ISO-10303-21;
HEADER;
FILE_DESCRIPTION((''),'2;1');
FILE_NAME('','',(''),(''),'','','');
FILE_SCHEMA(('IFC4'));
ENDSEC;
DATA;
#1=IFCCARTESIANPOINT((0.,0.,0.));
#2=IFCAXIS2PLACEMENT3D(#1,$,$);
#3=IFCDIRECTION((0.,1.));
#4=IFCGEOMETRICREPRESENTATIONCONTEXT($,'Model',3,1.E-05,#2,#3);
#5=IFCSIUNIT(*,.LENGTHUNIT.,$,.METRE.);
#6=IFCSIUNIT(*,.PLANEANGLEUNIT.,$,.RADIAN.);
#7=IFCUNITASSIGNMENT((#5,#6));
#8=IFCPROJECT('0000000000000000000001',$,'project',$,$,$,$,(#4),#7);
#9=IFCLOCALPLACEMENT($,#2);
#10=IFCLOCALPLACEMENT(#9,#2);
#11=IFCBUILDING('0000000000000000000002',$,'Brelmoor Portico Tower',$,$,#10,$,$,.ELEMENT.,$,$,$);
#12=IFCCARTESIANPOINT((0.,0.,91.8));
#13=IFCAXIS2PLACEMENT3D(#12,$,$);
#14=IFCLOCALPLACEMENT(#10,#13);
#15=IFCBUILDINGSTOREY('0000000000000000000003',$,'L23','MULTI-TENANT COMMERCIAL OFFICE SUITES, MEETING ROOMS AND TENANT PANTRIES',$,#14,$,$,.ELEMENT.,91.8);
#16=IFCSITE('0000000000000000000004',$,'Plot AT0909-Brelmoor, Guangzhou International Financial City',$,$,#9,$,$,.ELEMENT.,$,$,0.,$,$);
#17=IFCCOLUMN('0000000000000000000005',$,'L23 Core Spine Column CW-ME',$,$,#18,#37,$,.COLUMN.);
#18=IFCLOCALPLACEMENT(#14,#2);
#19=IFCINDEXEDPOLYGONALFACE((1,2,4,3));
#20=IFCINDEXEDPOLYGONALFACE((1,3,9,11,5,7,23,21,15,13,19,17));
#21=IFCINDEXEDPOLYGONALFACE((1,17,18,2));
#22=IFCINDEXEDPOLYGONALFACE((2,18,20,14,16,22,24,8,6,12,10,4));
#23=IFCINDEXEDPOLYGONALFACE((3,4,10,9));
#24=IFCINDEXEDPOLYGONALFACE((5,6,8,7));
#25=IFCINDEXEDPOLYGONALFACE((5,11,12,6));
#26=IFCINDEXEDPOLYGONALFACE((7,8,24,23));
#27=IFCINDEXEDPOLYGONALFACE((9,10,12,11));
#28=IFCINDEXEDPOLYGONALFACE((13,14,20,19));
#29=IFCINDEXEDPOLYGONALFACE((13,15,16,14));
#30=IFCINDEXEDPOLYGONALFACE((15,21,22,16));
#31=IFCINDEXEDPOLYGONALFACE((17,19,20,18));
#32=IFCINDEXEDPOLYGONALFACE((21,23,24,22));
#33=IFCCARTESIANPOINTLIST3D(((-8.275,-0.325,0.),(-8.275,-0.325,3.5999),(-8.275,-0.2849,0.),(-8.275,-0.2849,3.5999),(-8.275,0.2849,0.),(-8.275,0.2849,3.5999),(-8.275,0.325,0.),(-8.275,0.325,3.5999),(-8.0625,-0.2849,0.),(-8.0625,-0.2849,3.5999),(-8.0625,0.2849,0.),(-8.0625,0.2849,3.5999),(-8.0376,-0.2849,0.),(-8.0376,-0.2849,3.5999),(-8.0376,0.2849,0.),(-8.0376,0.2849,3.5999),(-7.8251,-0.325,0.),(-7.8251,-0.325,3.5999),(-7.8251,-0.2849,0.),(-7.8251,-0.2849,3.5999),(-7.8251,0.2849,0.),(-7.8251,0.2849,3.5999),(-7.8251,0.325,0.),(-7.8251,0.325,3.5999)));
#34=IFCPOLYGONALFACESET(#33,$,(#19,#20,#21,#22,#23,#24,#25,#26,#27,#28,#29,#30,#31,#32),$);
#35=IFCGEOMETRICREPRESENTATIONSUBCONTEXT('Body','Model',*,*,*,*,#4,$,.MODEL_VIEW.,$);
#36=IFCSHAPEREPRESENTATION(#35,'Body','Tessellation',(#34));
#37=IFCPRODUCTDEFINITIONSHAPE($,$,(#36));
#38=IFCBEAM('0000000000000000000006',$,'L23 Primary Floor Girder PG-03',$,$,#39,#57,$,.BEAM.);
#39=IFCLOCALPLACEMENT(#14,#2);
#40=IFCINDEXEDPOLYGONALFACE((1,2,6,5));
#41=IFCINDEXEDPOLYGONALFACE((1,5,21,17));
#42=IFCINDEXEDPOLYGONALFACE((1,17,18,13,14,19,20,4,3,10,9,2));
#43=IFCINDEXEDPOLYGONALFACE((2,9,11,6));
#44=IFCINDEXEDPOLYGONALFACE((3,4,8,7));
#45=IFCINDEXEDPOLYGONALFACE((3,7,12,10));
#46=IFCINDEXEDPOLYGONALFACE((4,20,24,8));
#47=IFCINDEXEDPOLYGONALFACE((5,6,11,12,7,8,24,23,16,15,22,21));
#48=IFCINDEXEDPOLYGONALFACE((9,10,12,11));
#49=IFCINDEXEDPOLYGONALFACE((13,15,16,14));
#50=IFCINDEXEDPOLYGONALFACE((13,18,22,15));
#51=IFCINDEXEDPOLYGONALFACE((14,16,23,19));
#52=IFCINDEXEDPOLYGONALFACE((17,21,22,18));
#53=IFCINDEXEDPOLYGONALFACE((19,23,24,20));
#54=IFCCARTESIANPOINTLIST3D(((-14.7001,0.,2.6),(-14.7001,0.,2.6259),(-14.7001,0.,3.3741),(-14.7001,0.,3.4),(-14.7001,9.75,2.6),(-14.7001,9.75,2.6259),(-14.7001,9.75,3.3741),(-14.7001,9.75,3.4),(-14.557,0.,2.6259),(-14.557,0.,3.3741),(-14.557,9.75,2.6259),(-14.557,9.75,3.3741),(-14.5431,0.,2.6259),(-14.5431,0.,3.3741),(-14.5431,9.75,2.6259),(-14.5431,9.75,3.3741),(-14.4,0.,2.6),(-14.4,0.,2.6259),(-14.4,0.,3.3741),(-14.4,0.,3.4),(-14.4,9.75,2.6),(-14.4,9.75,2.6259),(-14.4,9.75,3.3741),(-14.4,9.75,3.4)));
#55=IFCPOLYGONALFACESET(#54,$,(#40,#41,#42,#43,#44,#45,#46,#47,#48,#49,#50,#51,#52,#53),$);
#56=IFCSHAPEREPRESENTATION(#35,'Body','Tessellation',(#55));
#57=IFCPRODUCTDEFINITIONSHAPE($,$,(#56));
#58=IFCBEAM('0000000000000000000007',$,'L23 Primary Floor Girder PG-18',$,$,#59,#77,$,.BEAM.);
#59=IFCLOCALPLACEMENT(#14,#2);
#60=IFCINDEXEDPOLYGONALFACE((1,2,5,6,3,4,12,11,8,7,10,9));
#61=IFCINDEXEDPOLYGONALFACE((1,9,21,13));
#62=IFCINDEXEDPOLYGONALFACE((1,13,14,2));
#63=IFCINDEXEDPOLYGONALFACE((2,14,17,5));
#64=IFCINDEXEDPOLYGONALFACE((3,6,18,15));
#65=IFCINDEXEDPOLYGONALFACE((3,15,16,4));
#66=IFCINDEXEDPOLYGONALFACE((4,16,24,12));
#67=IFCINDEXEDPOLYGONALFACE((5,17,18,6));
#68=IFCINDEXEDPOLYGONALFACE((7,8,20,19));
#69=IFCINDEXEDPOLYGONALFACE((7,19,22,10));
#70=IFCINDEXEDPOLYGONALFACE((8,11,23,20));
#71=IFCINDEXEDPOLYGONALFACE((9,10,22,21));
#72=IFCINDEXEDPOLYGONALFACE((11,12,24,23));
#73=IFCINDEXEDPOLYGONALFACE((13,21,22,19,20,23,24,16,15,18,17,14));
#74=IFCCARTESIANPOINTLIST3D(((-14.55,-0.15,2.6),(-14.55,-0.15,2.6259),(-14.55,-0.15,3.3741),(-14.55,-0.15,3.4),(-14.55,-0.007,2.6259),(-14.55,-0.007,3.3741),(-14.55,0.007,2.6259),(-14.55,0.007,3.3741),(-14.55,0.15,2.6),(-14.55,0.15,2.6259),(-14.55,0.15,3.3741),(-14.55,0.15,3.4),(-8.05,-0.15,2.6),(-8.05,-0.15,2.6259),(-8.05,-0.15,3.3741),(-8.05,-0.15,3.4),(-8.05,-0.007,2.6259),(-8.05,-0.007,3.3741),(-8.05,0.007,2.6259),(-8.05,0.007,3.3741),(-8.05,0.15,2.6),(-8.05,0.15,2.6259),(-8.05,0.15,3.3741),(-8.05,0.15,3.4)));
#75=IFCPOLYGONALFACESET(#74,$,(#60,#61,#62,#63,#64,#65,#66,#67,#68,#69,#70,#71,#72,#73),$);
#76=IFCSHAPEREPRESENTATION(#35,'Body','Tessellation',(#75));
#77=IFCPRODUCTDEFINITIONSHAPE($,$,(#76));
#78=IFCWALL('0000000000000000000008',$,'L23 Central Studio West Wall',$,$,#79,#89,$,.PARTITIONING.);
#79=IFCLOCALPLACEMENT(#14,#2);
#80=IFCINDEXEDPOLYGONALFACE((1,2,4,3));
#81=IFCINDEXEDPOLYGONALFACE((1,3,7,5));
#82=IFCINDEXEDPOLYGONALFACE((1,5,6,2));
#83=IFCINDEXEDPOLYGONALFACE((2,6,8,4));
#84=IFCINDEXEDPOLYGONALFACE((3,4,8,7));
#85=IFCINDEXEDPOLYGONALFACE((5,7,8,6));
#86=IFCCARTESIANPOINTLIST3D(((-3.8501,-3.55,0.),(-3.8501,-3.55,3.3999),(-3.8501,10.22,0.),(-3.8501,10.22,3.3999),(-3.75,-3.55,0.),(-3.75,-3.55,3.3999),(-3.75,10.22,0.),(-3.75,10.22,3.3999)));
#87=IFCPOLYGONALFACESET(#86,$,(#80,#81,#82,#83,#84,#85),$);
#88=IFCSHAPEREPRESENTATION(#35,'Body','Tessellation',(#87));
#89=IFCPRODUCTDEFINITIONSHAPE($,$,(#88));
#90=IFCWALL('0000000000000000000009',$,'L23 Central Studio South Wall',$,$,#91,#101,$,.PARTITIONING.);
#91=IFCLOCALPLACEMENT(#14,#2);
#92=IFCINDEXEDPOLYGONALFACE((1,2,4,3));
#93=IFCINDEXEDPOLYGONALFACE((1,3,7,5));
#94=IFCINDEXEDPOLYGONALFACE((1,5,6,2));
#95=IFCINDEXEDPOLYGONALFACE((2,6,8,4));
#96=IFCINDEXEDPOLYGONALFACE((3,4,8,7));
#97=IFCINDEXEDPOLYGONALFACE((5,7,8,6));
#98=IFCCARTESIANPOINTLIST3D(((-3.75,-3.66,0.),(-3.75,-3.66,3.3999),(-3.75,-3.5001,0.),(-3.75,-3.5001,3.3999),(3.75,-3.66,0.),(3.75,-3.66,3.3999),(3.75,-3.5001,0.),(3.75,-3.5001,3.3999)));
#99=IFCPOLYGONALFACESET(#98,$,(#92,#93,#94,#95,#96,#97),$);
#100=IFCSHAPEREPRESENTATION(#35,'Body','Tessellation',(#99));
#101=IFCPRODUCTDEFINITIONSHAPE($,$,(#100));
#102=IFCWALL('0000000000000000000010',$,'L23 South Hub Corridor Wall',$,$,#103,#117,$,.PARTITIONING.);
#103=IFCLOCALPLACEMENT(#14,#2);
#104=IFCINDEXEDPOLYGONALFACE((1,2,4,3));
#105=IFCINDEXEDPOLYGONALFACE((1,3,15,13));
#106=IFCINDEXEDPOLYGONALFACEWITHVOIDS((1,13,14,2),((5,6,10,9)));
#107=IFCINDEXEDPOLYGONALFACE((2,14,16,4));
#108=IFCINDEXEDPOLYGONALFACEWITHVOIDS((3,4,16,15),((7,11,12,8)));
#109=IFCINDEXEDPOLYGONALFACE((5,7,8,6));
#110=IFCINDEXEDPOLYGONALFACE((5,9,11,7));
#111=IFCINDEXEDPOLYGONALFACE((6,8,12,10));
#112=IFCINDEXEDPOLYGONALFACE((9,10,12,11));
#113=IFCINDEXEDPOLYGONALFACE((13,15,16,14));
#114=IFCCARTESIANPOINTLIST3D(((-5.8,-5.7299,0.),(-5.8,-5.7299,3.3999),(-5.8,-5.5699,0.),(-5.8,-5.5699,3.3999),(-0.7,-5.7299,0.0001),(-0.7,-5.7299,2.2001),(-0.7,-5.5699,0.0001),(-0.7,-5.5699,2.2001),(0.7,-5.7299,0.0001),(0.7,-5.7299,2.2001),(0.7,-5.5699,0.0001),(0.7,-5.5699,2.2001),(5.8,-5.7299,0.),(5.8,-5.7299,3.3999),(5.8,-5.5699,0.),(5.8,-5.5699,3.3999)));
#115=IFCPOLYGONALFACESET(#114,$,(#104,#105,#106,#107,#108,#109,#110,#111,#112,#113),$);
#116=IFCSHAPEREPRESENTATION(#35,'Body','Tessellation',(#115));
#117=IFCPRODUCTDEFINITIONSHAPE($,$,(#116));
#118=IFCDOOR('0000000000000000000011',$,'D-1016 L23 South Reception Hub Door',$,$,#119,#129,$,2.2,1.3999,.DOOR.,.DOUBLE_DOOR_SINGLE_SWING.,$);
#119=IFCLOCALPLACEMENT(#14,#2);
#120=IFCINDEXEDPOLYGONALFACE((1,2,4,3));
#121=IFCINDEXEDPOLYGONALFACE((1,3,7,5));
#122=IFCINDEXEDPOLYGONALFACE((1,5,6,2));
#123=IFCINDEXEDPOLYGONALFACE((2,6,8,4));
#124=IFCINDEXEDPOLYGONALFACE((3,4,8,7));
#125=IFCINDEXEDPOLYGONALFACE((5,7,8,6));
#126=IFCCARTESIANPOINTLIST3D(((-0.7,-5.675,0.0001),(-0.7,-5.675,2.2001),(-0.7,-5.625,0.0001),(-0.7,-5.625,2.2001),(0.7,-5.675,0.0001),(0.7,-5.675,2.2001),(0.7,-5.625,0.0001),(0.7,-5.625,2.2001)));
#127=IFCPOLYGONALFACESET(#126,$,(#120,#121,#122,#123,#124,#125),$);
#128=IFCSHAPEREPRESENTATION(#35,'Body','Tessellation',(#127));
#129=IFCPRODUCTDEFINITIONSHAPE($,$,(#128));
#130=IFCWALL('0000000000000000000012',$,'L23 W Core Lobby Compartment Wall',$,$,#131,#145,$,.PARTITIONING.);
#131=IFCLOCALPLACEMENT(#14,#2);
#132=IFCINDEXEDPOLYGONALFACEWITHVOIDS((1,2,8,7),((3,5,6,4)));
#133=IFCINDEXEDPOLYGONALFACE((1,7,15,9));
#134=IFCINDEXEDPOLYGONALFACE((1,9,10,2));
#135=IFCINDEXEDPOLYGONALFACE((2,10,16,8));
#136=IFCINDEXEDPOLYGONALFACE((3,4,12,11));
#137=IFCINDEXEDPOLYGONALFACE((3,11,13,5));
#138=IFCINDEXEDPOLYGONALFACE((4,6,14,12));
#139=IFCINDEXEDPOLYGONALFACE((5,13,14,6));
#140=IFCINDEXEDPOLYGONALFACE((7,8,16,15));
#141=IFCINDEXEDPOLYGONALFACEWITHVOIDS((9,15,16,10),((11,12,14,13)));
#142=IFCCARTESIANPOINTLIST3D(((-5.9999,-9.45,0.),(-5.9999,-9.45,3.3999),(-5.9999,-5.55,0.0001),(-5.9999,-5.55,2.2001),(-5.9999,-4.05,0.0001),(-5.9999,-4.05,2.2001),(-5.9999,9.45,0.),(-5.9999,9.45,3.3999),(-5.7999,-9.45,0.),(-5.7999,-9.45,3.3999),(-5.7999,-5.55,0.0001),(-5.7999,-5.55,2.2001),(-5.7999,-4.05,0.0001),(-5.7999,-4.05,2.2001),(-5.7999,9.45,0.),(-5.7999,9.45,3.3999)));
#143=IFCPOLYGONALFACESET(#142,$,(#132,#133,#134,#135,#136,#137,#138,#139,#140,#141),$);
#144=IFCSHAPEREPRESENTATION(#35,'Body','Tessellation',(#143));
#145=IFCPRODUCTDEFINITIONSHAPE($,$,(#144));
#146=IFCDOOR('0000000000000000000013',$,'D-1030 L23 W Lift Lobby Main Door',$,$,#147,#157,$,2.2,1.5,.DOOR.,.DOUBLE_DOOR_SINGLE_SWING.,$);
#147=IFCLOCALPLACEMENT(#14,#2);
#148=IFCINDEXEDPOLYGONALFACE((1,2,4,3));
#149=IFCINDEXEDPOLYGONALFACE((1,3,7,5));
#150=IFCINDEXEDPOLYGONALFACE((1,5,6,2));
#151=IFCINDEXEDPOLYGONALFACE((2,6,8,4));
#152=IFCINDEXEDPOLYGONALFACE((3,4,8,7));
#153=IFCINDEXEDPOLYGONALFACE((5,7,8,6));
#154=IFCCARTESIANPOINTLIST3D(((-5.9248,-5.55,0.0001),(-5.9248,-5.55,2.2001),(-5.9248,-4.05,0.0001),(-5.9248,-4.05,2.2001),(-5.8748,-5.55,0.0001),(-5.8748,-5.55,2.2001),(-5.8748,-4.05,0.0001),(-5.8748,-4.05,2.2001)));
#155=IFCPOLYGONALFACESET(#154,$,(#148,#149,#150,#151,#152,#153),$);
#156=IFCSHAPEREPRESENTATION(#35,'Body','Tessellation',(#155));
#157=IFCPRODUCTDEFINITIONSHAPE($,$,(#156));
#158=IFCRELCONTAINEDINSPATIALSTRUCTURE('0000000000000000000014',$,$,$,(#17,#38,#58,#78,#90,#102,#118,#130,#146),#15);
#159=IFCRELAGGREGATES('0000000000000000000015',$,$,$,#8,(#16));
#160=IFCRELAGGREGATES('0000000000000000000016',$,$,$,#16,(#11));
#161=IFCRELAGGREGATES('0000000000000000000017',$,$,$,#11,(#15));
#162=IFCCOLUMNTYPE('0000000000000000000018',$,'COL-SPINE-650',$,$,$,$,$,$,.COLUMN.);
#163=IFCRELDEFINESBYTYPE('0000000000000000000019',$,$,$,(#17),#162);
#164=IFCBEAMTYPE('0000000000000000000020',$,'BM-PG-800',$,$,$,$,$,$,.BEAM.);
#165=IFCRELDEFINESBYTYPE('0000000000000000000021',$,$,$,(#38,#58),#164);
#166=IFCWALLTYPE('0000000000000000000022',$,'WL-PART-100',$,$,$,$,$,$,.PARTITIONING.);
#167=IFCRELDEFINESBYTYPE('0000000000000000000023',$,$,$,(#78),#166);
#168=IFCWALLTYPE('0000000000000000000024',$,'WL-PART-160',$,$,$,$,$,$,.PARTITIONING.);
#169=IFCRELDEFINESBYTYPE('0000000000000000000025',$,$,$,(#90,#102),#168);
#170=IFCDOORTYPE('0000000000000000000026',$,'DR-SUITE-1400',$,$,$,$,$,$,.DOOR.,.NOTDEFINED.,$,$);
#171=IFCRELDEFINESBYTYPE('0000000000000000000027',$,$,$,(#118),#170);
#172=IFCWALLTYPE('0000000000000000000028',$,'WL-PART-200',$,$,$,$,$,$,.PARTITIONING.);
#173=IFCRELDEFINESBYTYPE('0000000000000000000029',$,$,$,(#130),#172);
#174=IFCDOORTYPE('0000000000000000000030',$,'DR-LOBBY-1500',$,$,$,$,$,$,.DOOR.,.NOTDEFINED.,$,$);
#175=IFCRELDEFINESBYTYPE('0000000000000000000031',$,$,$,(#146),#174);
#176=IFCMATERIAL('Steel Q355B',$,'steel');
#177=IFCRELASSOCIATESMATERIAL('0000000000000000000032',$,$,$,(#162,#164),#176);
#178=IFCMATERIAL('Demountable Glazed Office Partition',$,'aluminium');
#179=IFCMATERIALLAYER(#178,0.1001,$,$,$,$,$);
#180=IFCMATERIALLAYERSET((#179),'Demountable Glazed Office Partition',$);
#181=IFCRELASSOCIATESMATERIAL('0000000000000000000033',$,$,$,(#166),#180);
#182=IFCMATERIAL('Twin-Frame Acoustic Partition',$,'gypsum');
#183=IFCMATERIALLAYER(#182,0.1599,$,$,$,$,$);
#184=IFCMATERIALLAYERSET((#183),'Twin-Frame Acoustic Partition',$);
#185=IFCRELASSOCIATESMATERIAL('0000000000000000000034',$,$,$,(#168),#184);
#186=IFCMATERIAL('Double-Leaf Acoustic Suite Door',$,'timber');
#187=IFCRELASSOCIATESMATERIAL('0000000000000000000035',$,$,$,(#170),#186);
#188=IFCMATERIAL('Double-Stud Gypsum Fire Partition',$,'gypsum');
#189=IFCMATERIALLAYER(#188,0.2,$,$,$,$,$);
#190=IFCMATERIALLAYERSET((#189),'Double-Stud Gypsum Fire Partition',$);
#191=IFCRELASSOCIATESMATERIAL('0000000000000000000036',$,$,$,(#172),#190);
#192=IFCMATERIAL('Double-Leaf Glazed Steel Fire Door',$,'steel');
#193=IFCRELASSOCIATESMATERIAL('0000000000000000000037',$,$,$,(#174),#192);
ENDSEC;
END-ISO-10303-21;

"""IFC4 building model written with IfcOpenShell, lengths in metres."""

from ifc_helpers import new_model, si_unit, direction, frame, frame_2d, origin, origin_2d, place, context, subcontext, project, spatial, rectangle, i_section, extrude, material, layer, layer_set, material_profile, profile_set, type_object, element, fill, save


model = new_model("IFC4")

# Units and contexts
model_context = context("Model", 3, precision=1e-05, world=origin(), true_north=direction((0.0, 1.0)))
body_context = subcontext(model_context, "Body", "Model", "MODEL_VIEW")
ifc_project = project(units=[si_unit("LENGTHUNIT", "METRE"), si_unit("PLANEANGLEUNIT", "RADIAN")], contexts=[model_context])

# Site, building, storey
site_placement = place(None, origin())
site = spatial("IfcSite", under=ifc_project, at=site_placement, Name="Plot AT0909-Brelmoor, Guangzhou International Financial City", CompositionType="ELEMENT", RefElevation=0.0)
building_placement = place(site_placement, origin())
building = spatial("IfcBuilding", under=site, at=building_placement, Name="Brelmoor Portico Tower", CompositionType="ELEMENT")
storey_placement = place(building_placement, frame((0.0, 0.0, 91.8)))
storey = spatial("IfcBuildingStorey", under=building, at=storey_placement, Name="L23", Description="MULTI-TENANT COMMERCIAL OFFICE SUITES, MEETING ROOMS AND TENANT PANTRIES", CompositionType="ELEMENT", Elevation=91.8)

# Column
ifc_material_1 = material(Name="Steel Q355B", Category="steel")
ifc_material_profile_1 = material_profile(ifc_material_1, i_section(OverallWidth=0.45, OverallDepth=0.6499, WebThickness=0.0249, FlangeThickness=0.04, at=origin_2d()), Name="HW 650x450x25x40")
ifc_profile_set_1 = profile_set([ifc_material_profile_1], Name="Steel Q355B")
column_type = type_object("IfcColumnType", Name="COL-SPINE-650", PredefinedType="COLUMN", material=ifc_profile_set_1)
column_placement = place(storey_placement, frame((-8.05, 0.0, 0.0), z_axis=(0.0, 0.0, 1.0), x_axis=(1.0, 0.0, 0.0)))
element("IfcColumn", 1, at=column_placement, inside=storey, type_object=column_type, Name="L23 Core Spine Column CW-ME", PredefinedType="COLUMN", context=body_context, shape_type="SweptSolid", body=[
    extrude(i_section(OverallWidth=0.45, OverallDepth=0.6499, WebThickness=0.0249, FlangeThickness=0.04, at=origin_2d()), origin(), (0.0, 0.0, 1.0), 3.5999),
])

# Beams
ifc_material_profile_2 = material_profile(ifc_material_1, i_section(OverallWidth=0.3, OverallDepth=0.8, WebThickness=0.0139, FlangeThickness=0.0259, at=origin_2d()), Name="HN 800x300x14x26")
ifc_profile_set_2 = profile_set([ifc_material_profile_2], Name="Steel Q355B")
beam_type = type_object("IfcBeamType", Name="BM-PG-800", PredefinedType="BEAM", material=ifc_profile_set_2)
beam_1_placement = place(storey_placement, frame((-14.55, 0.0, 3.0), z_axis=(0.0, 1.0, 0.0), x_axis=(-1.0, 0.0, 0.0)))
element("IfcBeam", 2, at=beam_1_placement, inside=storey, type_object=beam_type, Name="L23 Primary Floor Girder PG-03", PredefinedType="BEAM", context=body_context, shape_type="SweptSolid", body=[
    extrude(i_section(OverallWidth=0.3, OverallDepth=0.8, WebThickness=0.0139, FlangeThickness=0.0259, at=origin_2d()), origin(), (0.0, 0.0, 1.0), 9.75),
])
beam_2_placement = place(storey_placement, frame((-14.55, 0.0, 3.0), z_axis=(1.0, 0.0, 0.0), x_axis=(0.0, 1.0, 0.0)))
element("IfcBeam", 3, at=beam_2_placement, inside=storey, type_object=beam_type, Name="L23 Primary Floor Girder PG-18", PredefinedType="BEAM", context=body_context, shape_type="SweptSolid", body=[
    extrude(i_section(OverallWidth=0.3, OverallDepth=0.8, WebThickness=0.0139, FlangeThickness=0.0259, at=origin_2d()), origin(), (0.0, 0.0, 1.0), 6.5),
])

# Wall
ifc_material_2 = material(Name="Demountable Glazed Office Partition", Category="aluminium")
ifc_layer_1 = layer(ifc_material_2, 0.1001)
ifc_layer_set_1 = layer_set([ifc_layer_1], Name="Demountable Glazed Office Partition")
wall_type_1 = type_object("IfcWallType", Name="WL-PART-100", PredefinedType="PARTITIONING", material=ifc_layer_set_1)
wall_1_placement = place(storey_placement, frame((-3.8, -3.55, 0.0), z_axis=(0.0, 0.0, 1.0), x_axis=(0.0, 1.0, 0.0)))
element("IfcWall", 4, at=wall_1_placement, inside=storey, type_object=wall_type_1, Name="L23 Central Studio West Wall", PredefinedType="PARTITIONING", context=body_context, shape_type="SweptSolid", body=[
    extrude(rectangle(XDim=13.77, YDim=0.1001, at=frame_2d((6.885, 0.0))), origin(), (0.0, 0.0, 1.0), 3.3999),
])

# Shared definitions
ifc_material_3 = material(Name="Twin-Frame Acoustic Partition", Category="gypsum")
ifc_layer_2 = layer(ifc_material_3, 0.1599)
ifc_layer_set_2 = layer_set([ifc_layer_2], Name="Twin-Frame Acoustic Partition")
wall_type_2 = type_object("IfcWallType", Name="WL-PART-160", PredefinedType="PARTITIONING", material=ifc_layer_set_2)

# Wall
wall_2_placement = place(storey_placement, frame((-3.75, -3.5801, 0.0), z_axis=(0.0, 0.0, 1.0), x_axis=(1.0, 0.0, 0.0)))
element("IfcWall", 5, at=wall_2_placement, inside=storey, type_object=wall_type_2, Name="L23 Central Studio South Wall", PredefinedType="PARTITIONING", context=body_context, shape_type="SweptSolid", body=[
    extrude(rectangle(XDim=7.5, YDim=0.1599, at=frame_2d((3.75, 0.0))), origin(), (0.0, 0.0, 1.0), 3.3999),
])

# Walls, openings, doors
wall_3_placement = place(storey_placement, frame((-5.8, -5.6499, 0.0), z_axis=(0.0, 0.0, 1.0), x_axis=(1.0, 0.0, 0.0)))
wall_3 = element("IfcWall", 6, at=wall_3_placement, inside=storey, type_object=wall_type_2, Name="L23 South Hub Corridor Wall", PredefinedType="PARTITIONING", context=body_context, shape_type="SweptSolid", body=[
    extrude(rectangle(XDim=11.6001, YDim=0.1599, at=frame_2d((5.8, 0.0))), origin(), (0.0, 0.0, 1.0), 3.3999),
])
opening_1_placement = place(wall_3_placement, frame((5.1001, 0.0, 0.0)))
opening_1 = element("IfcOpeningElement", 7, at=opening_1_placement, cuts=wall_3, PredefinedType="OPENING", context=body_context, shape_type="SweptSolid", body=[
    extrude(rectangle(XDim=1.3999, YDim=2.2, at=frame_2d((0.7, 1.1001))), frame((0.0, 0.0898, 0.0), z_axis=(0.0, -1.0, 0.0), x_axis=(1.0, 0.0, 0.0)), (0.0, 0.0, 1.0), 0.1799),
])
ifc_material_4 = material(Name="Double-Leaf Acoustic Suite Door", Category="timber")
door_type_1 = type_object("IfcDoorType", Name="DR-SUITE-1400", OperationType="NOTDEFINED", PredefinedType="DOOR", material=ifc_material_4)
door_1_placement = place(opening_1_placement, origin())
door_1 = element("IfcDoor", 8, at=door_1_placement, inside=storey, type_object=door_type_1, Name="D-1016 L23 South Reception Hub Door", OperationType="DOUBLE_DOOR_SINGLE_SWING", OverallHeight=2.2, OverallWidth=1.3999, PredefinedType="DOOR", context=body_context, shape_type="SweptSolid", body=[
    extrude(rectangle(XDim=1.3999, YDim=2.2, at=frame_2d((0.7, 1.1001))), frame((0.0, 0.0249, 0.0), z_axis=(0.0, -1.0, 0.0), x_axis=(1.0, 0.0, 0.0)), (0.0, 0.0, 1.0), 0.05),
])
fill(opening_1, door_1)
ifc_material_5 = material(Name="Double-Stud Gypsum Fire Partition", Category="gypsum")
ifc_layer_3 = layer(ifc_material_5, 0.2)
ifc_layer_set_3 = layer_set([ifc_layer_3], Name="Double-Stud Gypsum Fire Partition")
wall_type_3 = type_object("IfcWallType", Name="WL-PART-200", PredefinedType="PARTITIONING", material=ifc_layer_set_3)
wall_4_placement = place(storey_placement, frame((-5.8999, -9.45, 0.0), z_axis=(0.0, 0.0, 1.0), x_axis=(0.0, 1.0, 0.0)))
wall_4 = element("IfcWall", 9, at=wall_4_placement, inside=storey, type_object=wall_type_3, Name="L23 W Core Lobby Compartment Wall", PredefinedType="PARTITIONING", context=body_context, shape_type="SweptSolid", body=[
    extrude(rectangle(XDim=18.8999, YDim=0.2, at=frame_2d((9.45, 0.0))), origin(), (0.0, 0.0, 1.0), 3.3999),
])
opening_2_placement = place(wall_4_placement, frame((3.8999, 0.0, 0.0)))
opening_2 = element("IfcOpeningElement", 10, at=opening_2_placement, cuts=wall_4, PredefinedType="OPENING", context=body_context, shape_type="SweptSolid", body=[
    extrude(rectangle(XDim=1.5, YDim=2.2, at=frame_2d((0.75, 1.1001))), frame((0.0, 0.1099, 0.0), z_axis=(0.0, -1.0, 0.0), x_axis=(1.0, 0.0, 0.0)), (0.0, 0.0, 1.0), 0.22),
])
ifc_material_6 = material(Name="Double-Leaf Glazed Steel Fire Door", Category="steel")
door_type_2 = type_object("IfcDoorType", Name="DR-LOBBY-1500", OperationType="NOTDEFINED", PredefinedType="DOOR", material=ifc_material_6)
door_2_placement = place(opening_2_placement, origin())
door_2 = element("IfcDoor", 11, at=door_2_placement, inside=storey, type_object=door_type_2, Name="D-1030 L23 W Lift Lobby Main Door", OperationType="DOUBLE_DOOR_SINGLE_SWING", OverallHeight=2.2, OverallWidth=1.5, PredefinedType="DOOR", context=body_context, shape_type="SweptSolid", body=[
    extrude(rectangle(XDim=1.5, YDim=2.2, at=frame_2d((0.75, 1.1001))), frame((0.0, 0.0249, 0.0), z_axis=(0.0, -1.0, 0.0), x_axis=(1.0, 0.0, 0.0)), (0.0, 0.0, 1.0), 0.05),
])
fill(opening_2, door_2)

save(model, "model.ifc")
